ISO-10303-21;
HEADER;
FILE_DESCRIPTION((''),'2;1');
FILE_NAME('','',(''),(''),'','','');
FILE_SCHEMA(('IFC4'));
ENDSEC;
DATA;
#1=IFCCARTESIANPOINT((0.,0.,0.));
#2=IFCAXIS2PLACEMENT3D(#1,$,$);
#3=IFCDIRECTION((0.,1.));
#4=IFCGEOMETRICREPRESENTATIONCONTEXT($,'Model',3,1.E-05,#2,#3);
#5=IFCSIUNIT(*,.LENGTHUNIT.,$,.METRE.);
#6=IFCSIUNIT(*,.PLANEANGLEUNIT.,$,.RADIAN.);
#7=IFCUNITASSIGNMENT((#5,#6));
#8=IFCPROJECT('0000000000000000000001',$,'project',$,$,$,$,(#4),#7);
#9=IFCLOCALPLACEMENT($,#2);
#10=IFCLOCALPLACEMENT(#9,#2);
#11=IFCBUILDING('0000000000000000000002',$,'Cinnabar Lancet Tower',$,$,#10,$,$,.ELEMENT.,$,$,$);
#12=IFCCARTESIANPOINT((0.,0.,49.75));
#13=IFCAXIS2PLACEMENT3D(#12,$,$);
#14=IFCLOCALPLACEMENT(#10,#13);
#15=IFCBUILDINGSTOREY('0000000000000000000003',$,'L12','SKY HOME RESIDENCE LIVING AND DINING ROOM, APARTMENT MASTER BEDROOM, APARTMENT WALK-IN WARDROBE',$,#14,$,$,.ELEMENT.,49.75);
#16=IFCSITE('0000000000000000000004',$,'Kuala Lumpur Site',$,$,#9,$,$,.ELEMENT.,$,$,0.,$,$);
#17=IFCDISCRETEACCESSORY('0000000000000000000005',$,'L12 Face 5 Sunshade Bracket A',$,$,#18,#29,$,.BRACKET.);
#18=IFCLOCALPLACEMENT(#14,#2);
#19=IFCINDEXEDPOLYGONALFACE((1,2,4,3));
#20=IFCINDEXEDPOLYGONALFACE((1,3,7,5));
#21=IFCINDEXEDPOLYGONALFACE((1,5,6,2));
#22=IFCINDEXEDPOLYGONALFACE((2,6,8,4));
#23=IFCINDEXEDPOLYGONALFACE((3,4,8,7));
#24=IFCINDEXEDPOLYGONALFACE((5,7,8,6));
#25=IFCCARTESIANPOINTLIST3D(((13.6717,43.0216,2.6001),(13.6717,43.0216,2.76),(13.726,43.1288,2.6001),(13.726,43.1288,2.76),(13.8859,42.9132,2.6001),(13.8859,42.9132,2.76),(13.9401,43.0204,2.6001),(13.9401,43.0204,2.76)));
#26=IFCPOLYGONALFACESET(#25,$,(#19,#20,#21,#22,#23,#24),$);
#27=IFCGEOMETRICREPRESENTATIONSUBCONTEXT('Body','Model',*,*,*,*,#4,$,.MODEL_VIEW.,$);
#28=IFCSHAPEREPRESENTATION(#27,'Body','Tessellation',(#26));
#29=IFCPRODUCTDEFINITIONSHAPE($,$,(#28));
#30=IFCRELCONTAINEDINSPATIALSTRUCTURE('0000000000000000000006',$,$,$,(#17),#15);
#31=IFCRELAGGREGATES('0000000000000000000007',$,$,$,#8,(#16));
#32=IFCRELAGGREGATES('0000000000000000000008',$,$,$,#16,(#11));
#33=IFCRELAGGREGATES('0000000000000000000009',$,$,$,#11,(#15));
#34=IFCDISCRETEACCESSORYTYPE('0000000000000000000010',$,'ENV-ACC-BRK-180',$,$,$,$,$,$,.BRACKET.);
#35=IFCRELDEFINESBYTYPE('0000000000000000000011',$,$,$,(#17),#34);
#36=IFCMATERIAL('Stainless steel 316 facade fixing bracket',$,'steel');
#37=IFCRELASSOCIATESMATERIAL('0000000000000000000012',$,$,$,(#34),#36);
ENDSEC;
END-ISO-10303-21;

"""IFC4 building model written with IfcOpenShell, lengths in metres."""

from ifc_helpers import new_model, si_unit, direction, frame, origin, origin_2d, place, context, subcontext, project, spatial, rectangle, extrude, material, type_object, element, save


model = new_model("IFC4")

# Units and contexts
model_context = context("Model", 3, precision=1e-05, world=origin(), true_north=direction((0.0, 1.0)))
body_context = subcontext(model_context, "Body", "Model", "MODEL_VIEW")
ifc_project = project(units=[si_unit("LENGTHUNIT", "METRE"), si_unit("PLANEANGLEUNIT", "RADIAN")], contexts=[model_context])

# Site, building, storey
site_placement = place(None, origin())
site = spatial("IfcSite", under=ifc_project, at=site_placement, Name="Kuala Lumpur Site", CompositionType="ELEMENT", RefElevation=0.0)
building_placement = place(site_placement, origin())
building = spatial("IfcBuilding", under=site, at=building_placement, Name="Cinnabar Lancet Tower", CompositionType="ELEMENT")
storey_placement = place(building_placement, frame((0.0, 0.0, 49.75)))
storey = spatial("IfcBuildingStorey", under=building, at=storey_placement, Name="L12", Description="SKY HOME RESIDENCE LIVING AND DINING ROOM, APARTMENT MASTER BEDROOM, APARTMENT WALK-IN WARDROBE", CompositionType="ELEMENT", Elevation=49.75)

# Discrete accessory
ifc_material_1 = material(Name="Stainless steel 316 facade fixing bracket", Category="steel")
discrete_accessory_type = type_object("IfcDiscreteAccessoryType", Name="ENV-ACC-BRK-180", PredefinedType="BRACKET", material=ifc_material_1)
discrete_accessory_placement = place(storey_placement, frame((13.8059, 43.021, 2.6001), z_axis=(0.0, 0.0, 1.0), x_axis=(-0.451501, -0.892271, 0.0)))
element("IfcDiscreteAccessory", 1, at=discrete_accessory_placement, inside=storey, type_object=discrete_accessory_type, Name="L12 Face 5 Sunshade Bracket A", PredefinedType="BRACKET", context=body_context, shape_type="SweptSolid", body=[
    extrude(rectangle(XDim=0.1201, YDim=0.24, at=origin_2d()), origin(), (0.0, 0.0, 1.0), 0.1599),
])

save(model, "model.ifc")
